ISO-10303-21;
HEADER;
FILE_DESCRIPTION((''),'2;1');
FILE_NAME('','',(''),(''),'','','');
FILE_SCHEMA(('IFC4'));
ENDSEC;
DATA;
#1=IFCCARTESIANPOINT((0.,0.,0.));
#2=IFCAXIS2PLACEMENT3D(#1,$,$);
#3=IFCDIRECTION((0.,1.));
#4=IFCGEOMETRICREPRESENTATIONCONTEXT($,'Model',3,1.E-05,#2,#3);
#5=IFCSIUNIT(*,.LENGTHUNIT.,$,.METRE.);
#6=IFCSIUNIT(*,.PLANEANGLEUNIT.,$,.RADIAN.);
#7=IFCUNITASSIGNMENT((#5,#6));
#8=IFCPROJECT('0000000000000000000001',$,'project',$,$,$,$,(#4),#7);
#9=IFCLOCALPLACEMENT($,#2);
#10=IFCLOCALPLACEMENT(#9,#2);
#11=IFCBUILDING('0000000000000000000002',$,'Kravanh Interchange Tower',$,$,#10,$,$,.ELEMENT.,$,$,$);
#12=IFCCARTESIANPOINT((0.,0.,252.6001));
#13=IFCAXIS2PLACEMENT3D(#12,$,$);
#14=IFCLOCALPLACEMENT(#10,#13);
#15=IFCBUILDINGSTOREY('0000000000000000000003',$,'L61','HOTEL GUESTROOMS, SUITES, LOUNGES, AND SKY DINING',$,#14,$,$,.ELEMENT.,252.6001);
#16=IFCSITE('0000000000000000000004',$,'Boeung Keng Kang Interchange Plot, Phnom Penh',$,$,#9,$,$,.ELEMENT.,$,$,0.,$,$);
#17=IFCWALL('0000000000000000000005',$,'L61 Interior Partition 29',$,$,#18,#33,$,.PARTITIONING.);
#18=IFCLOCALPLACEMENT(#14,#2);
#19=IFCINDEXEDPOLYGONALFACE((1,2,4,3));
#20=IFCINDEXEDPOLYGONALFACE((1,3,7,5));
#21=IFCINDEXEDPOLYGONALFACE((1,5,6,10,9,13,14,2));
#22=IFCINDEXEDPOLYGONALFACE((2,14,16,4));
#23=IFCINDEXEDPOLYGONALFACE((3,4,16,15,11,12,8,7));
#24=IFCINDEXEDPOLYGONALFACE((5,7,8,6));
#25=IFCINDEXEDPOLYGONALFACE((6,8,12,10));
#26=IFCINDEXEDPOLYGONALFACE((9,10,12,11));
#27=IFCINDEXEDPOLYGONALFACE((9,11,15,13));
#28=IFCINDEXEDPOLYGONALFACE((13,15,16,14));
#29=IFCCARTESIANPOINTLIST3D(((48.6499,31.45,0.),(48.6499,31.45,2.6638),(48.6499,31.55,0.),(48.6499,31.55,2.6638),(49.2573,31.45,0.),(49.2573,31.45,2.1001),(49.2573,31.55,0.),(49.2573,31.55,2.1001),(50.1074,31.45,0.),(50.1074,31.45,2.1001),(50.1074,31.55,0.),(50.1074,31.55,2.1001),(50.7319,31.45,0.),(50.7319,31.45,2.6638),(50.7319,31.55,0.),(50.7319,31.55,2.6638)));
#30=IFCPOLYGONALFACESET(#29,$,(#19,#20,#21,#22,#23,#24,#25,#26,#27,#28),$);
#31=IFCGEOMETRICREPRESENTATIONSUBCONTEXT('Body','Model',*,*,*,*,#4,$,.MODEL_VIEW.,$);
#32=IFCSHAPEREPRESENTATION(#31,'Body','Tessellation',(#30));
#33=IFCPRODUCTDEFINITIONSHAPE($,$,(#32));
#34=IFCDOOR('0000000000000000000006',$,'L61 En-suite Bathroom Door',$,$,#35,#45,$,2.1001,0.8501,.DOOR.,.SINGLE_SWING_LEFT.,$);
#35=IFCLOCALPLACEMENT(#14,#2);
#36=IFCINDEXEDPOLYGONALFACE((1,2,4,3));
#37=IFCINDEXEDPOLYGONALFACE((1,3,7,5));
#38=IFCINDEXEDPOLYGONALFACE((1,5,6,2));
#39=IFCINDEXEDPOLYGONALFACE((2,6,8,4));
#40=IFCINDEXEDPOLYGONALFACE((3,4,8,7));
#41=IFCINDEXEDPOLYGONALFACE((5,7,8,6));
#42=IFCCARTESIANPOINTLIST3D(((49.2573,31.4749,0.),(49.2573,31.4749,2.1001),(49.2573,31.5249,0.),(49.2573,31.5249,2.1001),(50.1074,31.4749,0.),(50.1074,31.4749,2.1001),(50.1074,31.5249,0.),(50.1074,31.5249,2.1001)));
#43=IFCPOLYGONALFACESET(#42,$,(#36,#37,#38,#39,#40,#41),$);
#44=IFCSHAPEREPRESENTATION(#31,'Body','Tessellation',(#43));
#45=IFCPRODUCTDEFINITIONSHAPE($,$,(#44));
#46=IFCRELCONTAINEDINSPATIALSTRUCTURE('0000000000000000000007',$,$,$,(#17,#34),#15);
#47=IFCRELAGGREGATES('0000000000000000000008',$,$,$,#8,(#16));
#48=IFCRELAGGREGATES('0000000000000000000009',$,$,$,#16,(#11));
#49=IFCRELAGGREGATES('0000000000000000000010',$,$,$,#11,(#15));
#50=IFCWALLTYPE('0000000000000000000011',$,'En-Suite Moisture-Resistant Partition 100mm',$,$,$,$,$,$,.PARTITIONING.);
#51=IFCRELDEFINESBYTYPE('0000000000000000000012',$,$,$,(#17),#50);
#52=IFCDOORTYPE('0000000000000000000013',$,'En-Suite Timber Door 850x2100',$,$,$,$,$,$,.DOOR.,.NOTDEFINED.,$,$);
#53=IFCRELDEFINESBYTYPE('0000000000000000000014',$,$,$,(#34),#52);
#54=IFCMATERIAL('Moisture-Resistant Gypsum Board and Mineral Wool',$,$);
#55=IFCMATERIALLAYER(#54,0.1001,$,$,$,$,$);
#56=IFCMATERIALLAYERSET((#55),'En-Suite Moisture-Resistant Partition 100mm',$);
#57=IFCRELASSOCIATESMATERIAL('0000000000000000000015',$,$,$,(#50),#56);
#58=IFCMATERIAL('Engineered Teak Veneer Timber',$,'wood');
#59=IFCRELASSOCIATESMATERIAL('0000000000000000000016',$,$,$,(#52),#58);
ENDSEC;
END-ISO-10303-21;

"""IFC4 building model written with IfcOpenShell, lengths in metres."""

from ifc_helpers import new_model, si_unit, direction, frame, frame_2d, origin, place, context, subcontext, project, spatial, rectangle, extrude, material, layer, layer_set, type_object, element, fill, save


model = new_model("IFC4")

# Units and contexts
model_context = context("Model", 3, precision=1e-05, world=origin(), true_north=direction((0.0, 1.0)))
body_context = subcontext(model_context, "Body", "Model", "MODEL_VIEW")
ifc_project = project(units=[si_unit("LENGTHUNIT", "METRE"), si_unit("PLANEANGLEUNIT", "RADIAN")], contexts=[model_context])

# Site, building, storey
site_placement = place(None, origin())
site = spatial("IfcSite", under=ifc_project, at=site_placement, Name="Boeung Keng Kang Interchange Plot, Phnom Penh", CompositionType="ELEMENT", RefElevation=0.0)
building_placement = place(site_placement, origin())
building = spatial("IfcBuilding", under=site, at=building_placement, Name="Kravanh Interchange Tower", CompositionType="ELEMENT")
storey_placement = place(building_placement, frame((0.0, 0.0, 252.6001)))
storey = spatial("IfcBuildingStorey", under=building, at=storey_placement, Name="L61", Description="HOTEL GUESTROOMS, SUITES, LOUNGES, AND SKY DINING", CompositionType="ELEMENT", Elevation=252.6001)

# Wall, opening, door
ifc_material_1 = material(Name="Moisture-Resistant Gypsum Board and Mineral Wool")
ifc_layer = layer(ifc_material_1, 0.1001)
ifc_layer_set = layer_set([ifc_layer], Name="En-Suite Moisture-Resistant Partition 100mm")
wall_type = type_object("IfcWallType", Name="En-Suite Moisture-Resistant Partition 100mm", PredefinedType="PARTITIONING", material=ifc_layer_set)
wall_placement = place(storey_placement, frame((48.6499, 31.5, 0.0), z_axis=(0.0, 0.0, 1.0), x_axis=(1.0, 0.0, 0.0)))
wall = element("IfcWall", 1, at=wall_placement, inside=storey, type_object=wall_type, Name="L61 Interior Partition 29", PredefinedType="PARTITIONING", context=body_context, shape_type="SweptSolid", body=[
    extrude(rectangle(XDim=2.082, YDim=0.1001, at=frame_2d((1.041, 0.0))), origin(), (0.0, 0.0, 1.0), 2.6638),
])
opening_placement = place(wall_placement, frame((0.6074, 0.0, 0.0)))
opening = element("IfcOpeningElement", 2, at=opening_placement, cuts=wall, PredefinedType="OPENING", context=body_context, shape_type="SweptSolid", body=[
    extrude(rectangle(XDim=0.8501, YDim=2.1001, at=frame_2d((0.425, 1.05))), frame((0.0, 0.0601, 0.0), z_axis=(0.0, -1.0, 0.0), x_axis=(1.0, 0.0, 0.0)), (0.0, 0.0, 1.0), 0.1201),
])
ifc_material_2 = material(Name="Engineered Teak Veneer Timber", Category="wood")
door_type = type_object("IfcDoorType", Name="En-Suite Timber Door 850x2100", OperationType="NOTDEFINED", PredefinedType="DOOR", material=ifc_material_2)
door_placement = place(opening_placement, origin())
door = element("IfcDoor", 3, at=door_placement, inside=storey, type_object=door_type, Name="L61 En-suite Bathroom Door", OperationType="SINGLE_SWING_LEFT", OverallHeight=2.1001, OverallWidth=0.8501, PredefinedType="DOOR", context=body_context, shape_type="SweptSolid", body=[
    extrude(rectangle(XDim=0.8501, YDim=2.1001, at=frame_2d((0.425, 1.05))), frame((0.0, 0.0249, 0.0), z_axis=(0.0, -1.0, 0.0), x_axis=(1.0, 0.0, 0.0)), (0.0, 0.0, 1.0), 0.05),
])
fill(opening, door)

save(model, "model.ifc")
